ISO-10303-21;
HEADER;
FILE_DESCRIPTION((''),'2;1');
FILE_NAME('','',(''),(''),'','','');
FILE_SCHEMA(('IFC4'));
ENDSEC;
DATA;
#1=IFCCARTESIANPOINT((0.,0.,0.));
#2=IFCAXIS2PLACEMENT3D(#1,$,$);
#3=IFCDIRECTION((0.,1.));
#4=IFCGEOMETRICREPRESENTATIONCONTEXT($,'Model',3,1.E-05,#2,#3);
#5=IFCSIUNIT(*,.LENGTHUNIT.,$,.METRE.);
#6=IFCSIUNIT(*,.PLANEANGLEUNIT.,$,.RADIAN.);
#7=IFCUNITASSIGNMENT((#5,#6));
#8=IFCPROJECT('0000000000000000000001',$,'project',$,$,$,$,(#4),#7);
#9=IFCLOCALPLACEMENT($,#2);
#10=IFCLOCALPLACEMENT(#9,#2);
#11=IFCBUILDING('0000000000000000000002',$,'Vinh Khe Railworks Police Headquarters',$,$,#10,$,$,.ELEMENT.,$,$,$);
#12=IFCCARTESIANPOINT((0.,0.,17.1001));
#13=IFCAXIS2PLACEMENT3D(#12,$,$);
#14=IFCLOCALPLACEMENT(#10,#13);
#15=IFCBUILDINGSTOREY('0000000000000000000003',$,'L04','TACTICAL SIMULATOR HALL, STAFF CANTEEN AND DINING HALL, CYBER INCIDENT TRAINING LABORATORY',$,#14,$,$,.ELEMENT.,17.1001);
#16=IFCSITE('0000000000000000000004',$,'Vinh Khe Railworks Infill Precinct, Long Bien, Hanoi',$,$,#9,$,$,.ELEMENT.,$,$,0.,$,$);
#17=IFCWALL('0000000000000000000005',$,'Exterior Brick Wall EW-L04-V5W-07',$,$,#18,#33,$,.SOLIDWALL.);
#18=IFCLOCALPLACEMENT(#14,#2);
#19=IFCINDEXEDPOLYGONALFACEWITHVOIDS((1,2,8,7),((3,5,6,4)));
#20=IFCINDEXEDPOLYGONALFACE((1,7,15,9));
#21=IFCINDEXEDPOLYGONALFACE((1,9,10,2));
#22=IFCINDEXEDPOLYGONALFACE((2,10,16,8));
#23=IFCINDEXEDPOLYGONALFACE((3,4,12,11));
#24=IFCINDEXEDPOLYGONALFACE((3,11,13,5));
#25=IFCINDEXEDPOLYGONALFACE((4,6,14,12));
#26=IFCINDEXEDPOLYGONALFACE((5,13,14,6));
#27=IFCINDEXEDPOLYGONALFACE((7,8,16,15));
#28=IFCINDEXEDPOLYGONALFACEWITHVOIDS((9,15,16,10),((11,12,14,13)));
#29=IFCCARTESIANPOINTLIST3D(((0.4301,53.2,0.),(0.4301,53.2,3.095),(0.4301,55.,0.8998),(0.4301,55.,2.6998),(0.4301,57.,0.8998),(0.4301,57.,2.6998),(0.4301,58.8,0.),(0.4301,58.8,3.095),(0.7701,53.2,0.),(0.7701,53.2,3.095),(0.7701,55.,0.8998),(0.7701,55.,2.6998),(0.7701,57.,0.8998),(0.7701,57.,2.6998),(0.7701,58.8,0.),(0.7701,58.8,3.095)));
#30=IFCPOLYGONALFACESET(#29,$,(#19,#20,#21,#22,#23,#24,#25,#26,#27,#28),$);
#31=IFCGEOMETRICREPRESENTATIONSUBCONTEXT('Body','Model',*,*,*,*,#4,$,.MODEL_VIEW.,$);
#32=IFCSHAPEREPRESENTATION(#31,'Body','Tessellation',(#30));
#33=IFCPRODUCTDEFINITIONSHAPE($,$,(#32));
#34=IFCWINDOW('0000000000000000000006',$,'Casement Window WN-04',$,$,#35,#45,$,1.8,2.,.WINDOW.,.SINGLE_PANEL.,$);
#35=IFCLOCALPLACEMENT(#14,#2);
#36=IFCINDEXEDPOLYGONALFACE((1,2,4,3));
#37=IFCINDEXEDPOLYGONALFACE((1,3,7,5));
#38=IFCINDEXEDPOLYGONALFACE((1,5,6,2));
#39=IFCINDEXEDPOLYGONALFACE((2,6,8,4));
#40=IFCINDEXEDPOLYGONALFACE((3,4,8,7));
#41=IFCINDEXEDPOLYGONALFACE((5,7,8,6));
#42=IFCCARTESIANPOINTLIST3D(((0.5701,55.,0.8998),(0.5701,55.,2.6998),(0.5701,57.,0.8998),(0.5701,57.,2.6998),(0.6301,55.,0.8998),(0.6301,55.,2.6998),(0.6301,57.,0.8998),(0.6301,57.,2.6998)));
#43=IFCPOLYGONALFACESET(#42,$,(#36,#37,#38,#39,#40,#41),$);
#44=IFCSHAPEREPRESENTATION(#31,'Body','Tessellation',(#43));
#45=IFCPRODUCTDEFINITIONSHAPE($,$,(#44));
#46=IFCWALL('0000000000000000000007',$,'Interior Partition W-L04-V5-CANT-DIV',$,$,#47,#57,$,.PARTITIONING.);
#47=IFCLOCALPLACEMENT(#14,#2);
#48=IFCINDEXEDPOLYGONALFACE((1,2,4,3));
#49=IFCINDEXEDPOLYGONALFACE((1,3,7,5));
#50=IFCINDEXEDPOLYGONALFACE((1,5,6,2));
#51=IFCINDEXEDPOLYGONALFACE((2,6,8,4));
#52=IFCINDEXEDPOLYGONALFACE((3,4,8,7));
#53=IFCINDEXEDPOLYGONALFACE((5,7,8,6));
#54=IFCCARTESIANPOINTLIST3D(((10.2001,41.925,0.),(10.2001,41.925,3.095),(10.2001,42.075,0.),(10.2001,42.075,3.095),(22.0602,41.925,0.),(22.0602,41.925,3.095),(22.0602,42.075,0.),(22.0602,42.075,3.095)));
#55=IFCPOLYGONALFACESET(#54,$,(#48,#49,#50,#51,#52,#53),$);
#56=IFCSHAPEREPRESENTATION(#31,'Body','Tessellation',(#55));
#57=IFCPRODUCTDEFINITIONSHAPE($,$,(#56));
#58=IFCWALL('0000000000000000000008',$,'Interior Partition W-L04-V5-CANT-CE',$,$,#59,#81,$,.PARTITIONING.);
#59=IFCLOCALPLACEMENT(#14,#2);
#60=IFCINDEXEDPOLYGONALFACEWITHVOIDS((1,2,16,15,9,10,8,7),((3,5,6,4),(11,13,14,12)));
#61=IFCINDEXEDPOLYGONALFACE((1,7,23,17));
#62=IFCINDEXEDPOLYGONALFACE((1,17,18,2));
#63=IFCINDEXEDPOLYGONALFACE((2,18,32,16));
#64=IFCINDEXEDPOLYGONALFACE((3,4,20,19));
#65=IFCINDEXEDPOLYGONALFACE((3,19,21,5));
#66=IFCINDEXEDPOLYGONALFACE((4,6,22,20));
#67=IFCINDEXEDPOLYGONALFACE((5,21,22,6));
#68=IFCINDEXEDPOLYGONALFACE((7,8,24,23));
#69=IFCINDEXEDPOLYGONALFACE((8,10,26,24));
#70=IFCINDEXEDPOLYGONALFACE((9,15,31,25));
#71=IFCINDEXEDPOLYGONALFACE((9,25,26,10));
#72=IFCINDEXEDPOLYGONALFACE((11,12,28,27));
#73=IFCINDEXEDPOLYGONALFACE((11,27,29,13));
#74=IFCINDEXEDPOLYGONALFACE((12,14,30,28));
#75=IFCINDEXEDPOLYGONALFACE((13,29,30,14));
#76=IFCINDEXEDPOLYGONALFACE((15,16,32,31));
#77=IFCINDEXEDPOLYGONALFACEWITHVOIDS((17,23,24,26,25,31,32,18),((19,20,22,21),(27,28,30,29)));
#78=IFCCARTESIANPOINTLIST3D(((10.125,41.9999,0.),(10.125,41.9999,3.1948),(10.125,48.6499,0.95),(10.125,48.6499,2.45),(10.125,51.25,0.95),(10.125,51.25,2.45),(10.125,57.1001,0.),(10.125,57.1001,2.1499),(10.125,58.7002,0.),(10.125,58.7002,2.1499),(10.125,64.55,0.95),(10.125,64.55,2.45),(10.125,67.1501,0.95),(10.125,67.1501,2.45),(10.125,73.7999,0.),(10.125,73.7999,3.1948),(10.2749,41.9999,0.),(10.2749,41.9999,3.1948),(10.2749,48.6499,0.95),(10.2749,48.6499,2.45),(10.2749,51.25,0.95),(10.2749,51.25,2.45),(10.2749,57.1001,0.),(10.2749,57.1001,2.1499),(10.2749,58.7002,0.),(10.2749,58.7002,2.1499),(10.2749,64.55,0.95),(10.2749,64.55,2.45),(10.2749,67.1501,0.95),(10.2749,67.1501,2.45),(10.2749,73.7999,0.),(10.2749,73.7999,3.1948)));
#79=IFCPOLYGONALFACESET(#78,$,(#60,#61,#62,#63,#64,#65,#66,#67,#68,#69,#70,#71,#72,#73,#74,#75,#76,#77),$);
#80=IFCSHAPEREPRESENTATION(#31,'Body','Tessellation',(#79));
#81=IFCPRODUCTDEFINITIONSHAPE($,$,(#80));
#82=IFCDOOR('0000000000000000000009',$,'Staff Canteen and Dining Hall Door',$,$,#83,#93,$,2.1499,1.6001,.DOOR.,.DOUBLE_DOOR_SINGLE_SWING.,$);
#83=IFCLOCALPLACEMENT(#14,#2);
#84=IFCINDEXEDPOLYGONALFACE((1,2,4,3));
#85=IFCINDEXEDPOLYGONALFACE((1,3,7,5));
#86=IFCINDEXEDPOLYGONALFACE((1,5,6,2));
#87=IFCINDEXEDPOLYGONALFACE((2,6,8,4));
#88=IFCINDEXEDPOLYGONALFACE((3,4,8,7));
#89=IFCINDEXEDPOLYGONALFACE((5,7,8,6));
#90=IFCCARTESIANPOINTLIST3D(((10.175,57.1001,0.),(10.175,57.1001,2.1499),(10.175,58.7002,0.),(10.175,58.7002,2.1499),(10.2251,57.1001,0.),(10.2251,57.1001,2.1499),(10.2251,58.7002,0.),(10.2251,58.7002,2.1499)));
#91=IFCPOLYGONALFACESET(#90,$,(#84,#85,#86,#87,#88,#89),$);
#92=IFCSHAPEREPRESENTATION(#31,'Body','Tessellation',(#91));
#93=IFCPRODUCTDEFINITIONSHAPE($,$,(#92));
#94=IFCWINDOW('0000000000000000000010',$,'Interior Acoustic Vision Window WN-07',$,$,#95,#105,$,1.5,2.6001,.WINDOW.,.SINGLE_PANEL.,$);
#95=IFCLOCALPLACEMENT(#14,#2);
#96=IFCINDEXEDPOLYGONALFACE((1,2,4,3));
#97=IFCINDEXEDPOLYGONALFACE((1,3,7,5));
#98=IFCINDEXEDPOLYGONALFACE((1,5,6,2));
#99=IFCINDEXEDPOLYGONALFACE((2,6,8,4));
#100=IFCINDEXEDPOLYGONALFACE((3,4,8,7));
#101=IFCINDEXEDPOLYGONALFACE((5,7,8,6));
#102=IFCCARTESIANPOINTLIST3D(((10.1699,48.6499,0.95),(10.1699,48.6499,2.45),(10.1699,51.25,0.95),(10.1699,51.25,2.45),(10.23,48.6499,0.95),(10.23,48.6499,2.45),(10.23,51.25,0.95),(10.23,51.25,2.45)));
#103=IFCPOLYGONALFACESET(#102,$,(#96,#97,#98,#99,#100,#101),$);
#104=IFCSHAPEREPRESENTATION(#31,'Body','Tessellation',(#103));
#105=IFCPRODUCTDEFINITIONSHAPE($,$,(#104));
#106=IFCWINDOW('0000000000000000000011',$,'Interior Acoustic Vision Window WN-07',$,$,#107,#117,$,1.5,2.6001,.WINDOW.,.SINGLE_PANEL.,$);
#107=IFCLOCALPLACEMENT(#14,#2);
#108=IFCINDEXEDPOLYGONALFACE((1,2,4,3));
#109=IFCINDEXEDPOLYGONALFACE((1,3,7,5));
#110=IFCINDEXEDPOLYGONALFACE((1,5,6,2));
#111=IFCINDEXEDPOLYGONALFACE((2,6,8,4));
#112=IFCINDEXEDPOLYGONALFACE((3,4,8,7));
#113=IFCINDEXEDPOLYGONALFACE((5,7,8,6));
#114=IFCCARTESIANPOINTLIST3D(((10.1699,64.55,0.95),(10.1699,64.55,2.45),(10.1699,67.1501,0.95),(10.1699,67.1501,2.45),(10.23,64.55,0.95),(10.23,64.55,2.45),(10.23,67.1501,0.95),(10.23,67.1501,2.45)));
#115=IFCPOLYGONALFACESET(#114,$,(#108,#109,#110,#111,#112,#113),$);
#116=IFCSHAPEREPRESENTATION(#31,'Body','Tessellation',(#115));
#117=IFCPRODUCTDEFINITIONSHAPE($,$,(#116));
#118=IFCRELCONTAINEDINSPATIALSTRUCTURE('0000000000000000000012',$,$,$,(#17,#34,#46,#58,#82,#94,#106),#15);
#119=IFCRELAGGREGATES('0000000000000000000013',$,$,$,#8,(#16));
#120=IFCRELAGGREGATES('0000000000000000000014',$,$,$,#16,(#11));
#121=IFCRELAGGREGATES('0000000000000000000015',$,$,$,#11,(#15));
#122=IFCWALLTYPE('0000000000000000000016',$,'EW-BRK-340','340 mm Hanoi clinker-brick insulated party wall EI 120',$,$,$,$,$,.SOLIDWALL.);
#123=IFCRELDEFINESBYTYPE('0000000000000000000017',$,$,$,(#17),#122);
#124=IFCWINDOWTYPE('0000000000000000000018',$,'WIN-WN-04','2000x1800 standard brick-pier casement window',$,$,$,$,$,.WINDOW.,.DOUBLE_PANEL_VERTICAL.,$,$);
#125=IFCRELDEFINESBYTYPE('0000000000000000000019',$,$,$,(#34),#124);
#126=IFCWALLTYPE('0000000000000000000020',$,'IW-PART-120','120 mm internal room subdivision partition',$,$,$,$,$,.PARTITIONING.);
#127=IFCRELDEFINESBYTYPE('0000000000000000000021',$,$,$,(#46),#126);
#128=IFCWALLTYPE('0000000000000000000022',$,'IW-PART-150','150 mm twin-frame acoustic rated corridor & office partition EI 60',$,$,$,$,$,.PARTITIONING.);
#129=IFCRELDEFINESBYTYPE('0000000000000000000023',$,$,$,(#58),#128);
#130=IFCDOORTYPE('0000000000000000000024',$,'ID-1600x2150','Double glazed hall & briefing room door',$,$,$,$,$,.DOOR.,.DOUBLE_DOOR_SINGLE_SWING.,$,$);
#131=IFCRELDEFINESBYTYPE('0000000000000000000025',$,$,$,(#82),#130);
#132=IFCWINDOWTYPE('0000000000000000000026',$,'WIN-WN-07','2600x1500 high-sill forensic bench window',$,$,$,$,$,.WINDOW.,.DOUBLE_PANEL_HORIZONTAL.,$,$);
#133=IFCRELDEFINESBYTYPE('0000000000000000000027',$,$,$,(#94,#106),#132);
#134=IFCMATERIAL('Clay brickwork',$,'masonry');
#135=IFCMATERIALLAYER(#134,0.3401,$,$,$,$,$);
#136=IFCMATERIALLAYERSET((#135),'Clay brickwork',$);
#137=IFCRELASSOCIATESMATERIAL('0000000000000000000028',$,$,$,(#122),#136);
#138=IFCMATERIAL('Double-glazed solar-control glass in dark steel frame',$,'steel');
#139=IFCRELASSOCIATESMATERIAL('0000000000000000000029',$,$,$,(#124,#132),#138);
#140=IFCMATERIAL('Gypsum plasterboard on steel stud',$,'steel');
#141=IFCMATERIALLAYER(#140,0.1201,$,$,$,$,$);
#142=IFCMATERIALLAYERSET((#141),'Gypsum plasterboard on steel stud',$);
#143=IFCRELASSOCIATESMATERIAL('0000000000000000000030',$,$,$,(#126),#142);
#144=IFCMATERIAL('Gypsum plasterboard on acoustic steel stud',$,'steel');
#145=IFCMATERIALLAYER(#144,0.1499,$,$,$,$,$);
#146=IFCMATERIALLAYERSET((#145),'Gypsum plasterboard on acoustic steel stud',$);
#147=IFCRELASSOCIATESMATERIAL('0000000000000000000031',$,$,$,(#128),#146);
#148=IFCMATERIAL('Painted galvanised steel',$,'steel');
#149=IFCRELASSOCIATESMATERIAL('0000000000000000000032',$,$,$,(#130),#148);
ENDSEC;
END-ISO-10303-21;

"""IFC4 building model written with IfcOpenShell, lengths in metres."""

from ifc_helpers import new_model, si_unit, direction, frame, frame_2d, origin, place, context, subcontext, project, spatial, rectangle, extrude, material, layer, layer_set, type_object, element, fill, save


model = new_model("IFC4")

# Units and contexts
model_context = context("Model", 3, precision=1e-05, world=origin(), true_north=direction((0.0, 1.0)))
body_context = subcontext(model_context, "Body", "Model", "MODEL_VIEW")
ifc_project = project(units=[si_unit("LENGTHUNIT", "METRE"), si_unit("PLANEANGLEUNIT", "RADIAN")], contexts=[model_context])

# Site, building, storey
site_placement = place(None, origin())
site = spatial("IfcSite", under=ifc_project, at=site_placement, Name="Vinh Khe Railworks Infill Precinct, Long Bien, Hanoi", CompositionType="ELEMENT", RefElevation=0.0)
building_placement = place(site_placement, origin())
building = spatial("IfcBuilding", under=site, at=building_placement, Name="Vinh Khe Railworks Police Headquarters", CompositionType="ELEMENT")
storey_placement = place(building_placement, frame((0.0, 0.0, 17.1001)))
storey = spatial("IfcBuildingStorey", under=building, at=storey_placement, Name="L04", Description="TACTICAL SIMULATOR HALL, STAFF CANTEEN AND DINING HALL, CYBER INCIDENT TRAINING LABORATORY", CompositionType="ELEMENT", Elevation=17.1001)

# Wall, opening, window
ifc_material_1 = material(Name="Clay brickwork", Category="masonry")
ifc_layer_1 = layer(ifc_material_1, 0.3401)
ifc_layer_set_1 = layer_set([ifc_layer_1], Name="Clay brickwork")
wall_type_1 = type_object("IfcWallType", Name="EW-BRK-340", Description="340 mm Hanoi clinker-brick insulated party wall EI 120", PredefinedType="SOLIDWALL", material=ifc_layer_set_1)
ifc_material_2 = material(Name="Double-glazed solar-control glass in dark steel frame", Category="steel")
window_type_1 = type_object("IfcWindowType", Name="WIN-WN-04", Description="2000x1800 standard brick-pier casement window", PartitioningType="DOUBLE_PANEL_VERTICAL", PredefinedType="WINDOW", material=ifc_material_2)
wall_1_placement = place(storey_placement, frame((0.6001, 53.2, 0.0), z_axis=(0.0, 0.0, 1.0), x_axis=(0.0, 1.0, 0.0)))
wall_1 = element("IfcWall", 1, at=wall_1_placement, inside=storey, type_object=wall_type_1, Name="Exterior Brick Wall EW-L04-V5W-07", PredefinedType="SOLIDWALL", context=body_context, shape_type="SweptSolid", body=[
    extrude(rectangle(XDim=5.6001, YDim=0.3401, at=frame_2d((2.8, 0.0))), origin(), (0.0, 0.0, 1.0), 3.095),
])
opening_1_placement = place(wall_1_placement, frame((1.8, 0.0, 0.8999)))
opening_1 = element("IfcOpeningElement", 2, at=opening_1_placement, cuts=wall_1, PredefinedType="OPENING", context=body_context, shape_type="SweptSolid", body=[
    extrude(rectangle(XDim=2.0, YDim=1.8, at=frame_2d((1.0, 0.8999))), frame((0.0, 0.1851, 0.0), z_axis=(0.0, -1.0, 0.0), x_axis=(1.0, 0.0, 0.0)), (0.0, 0.0, 1.0), 0.3699),
])
window_1_placement = place(opening_1_placement, origin())
window_1 = element("IfcWindow", 3, at=window_1_placement, inside=storey, type_object=window_type_1, Name="Casement Window WN-04", OverallHeight=1.8, OverallWidth=2.0, PartitioningType="SINGLE_PANEL", PredefinedType="WINDOW", context=body_context, shape_type="SweptSolid", body=[
    extrude(rectangle(XDim=2.0, YDim=1.8, at=frame_2d((1.0, 0.8999))), frame((0.0, 0.03, 0.0), z_axis=(0.0, -1.0, 0.0), x_axis=(1.0, 0.0, 0.0)), (0.0, 0.0, 1.0), 0.0601),
])
fill(opening_1, window_1)

# Wall
ifc_material_3 = material(Name="Gypsum plasterboard on steel stud", Category="steel")
ifc_layer_2 = layer(ifc_material_3, 0.1201)
ifc_layer_set_2 = layer_set([ifc_layer_2], Name="Gypsum plasterboard on steel stud")
wall_type_2 = type_object("IfcWallType", Name="IW-PART-120", Description="120 mm internal room subdivision partition", PredefinedType="PARTITIONING", material=ifc_layer_set_2)
wall_2_placement = place(storey_placement, frame((10.2, 42.0, 0.0), z_axis=(0.0, 0.0, 1.0), x_axis=(1.0, 0.0, 0.0)))
element("IfcWall", 4, at=wall_2_placement, inside=storey, type_object=wall_type_2, Name="Interior Partition W-L04-V5-CANT-DIV", PredefinedType="PARTITIONING", context=body_context, shape_type="SweptSolid", body=[
    extrude(rectangle(XDim=11.8601, YDim=0.1499, at=frame_2d((5.9302, 0.0))), origin(), (0.0, 0.0, 1.0), 3.095),
])

# Wall, openings, door, windows
ifc_material_4 = material(Name="Gypsum plasterboard on acoustic steel stud", Category="steel")
ifc_layer_3 = layer(ifc_material_4, 0.1499)
ifc_layer_set_3 = layer_set([ifc_layer_3], Name="Gypsum plasterboard on acoustic steel stud")
wall_type_3 = type_object("IfcWallType", Name="IW-PART-150", Description="150 mm twin-frame acoustic rated corridor & office partition EI 60", PredefinedType="PARTITIONING", material=ifc_layer_set_3)
wall_3_placement = place(storey_placement, frame((10.2, 42.0, 0.0), z_axis=(0.0, 0.0, 1.0), x_axis=(0.0, 1.0, 0.0)))
wall_3 = element("IfcWall", 5, at=wall_3_placement, inside=storey, type_object=wall_type_3, Name="Interior Partition W-L04-V5-CANT-CE", PredefinedType="PARTITIONING", context=body_context, shape_type="SweptSolid", body=[
    extrude(rectangle(XDim=31.8, YDim=0.1499, at=frame_2d((15.8999, 0.0))), origin(), (0.0, 0.0, 1.0), 3.1948),
])
opening_2_placement = place(wall_3_placement, frame((15.1001, 0.0, 0.0)))
opening_2 = element("IfcOpeningElement", 6, at=opening_2_placement, cuts=wall_3, PredefinedType="OPENING", context=body_context, shape_type="SweptSolid", body=[
    extrude(rectangle(XDim=1.6001, YDim=2.1499, at=frame_2d((0.8, 1.075))), frame((0.0, 0.0898, 0.0), z_axis=(0.0, -1.0, 0.0), x_axis=(1.0, 0.0, 0.0)), (0.0, 0.0, 1.0), 0.1797),
])
opening_3_placement = place(wall_3_placement, frame((6.6499, 0.0, 0.95)))
opening_3 = element("IfcOpeningElement", 7, at=opening_3_placement, cuts=wall_3, PredefinedType="OPENING", context=body_context, shape_type="SweptSolid", body=[
    extrude(rectangle(XDim=2.6001, YDim=1.5, at=frame_2d((1.3, 0.75))), frame((0.0, 0.0898, 0.0), z_axis=(0.0, -1.0, 0.0), x_axis=(1.0, 0.0, 0.0)), (0.0, 0.0, 1.0), 0.1797),
])
opening_4_placement = place(wall_3_placement, frame((22.55, 0.0, 0.95)))
opening_4 = element("IfcOpeningElement", 8, at=opening_4_placement, cuts=wall_3, PredefinedType="OPENING", context=body_context, shape_type="SweptSolid", body=[
    extrude(rectangle(XDim=2.6001, YDim=1.5, at=frame_2d((1.3, 0.75))), frame((0.0, 0.0898, 0.0), z_axis=(0.0, -1.0, 0.0), x_axis=(1.0, 0.0, 0.0)), (0.0, 0.0, 1.0), 0.1797),
])
ifc_material_5 = material(Name="Painted galvanised steel", Category="steel")
door_type = type_object("IfcDoorType", Name="ID-1600x2150", Description="Double glazed hall & briefing room door", OperationType="DOUBLE_DOOR_SINGLE_SWING", PredefinedType="DOOR", material=ifc_material_5)
door_placement = place(opening_2_placement, origin())
door = element("IfcDoor", 9, at=door_placement, inside=storey, type_object=door_type, Name="Staff Canteen and Dining Hall Door", OperationType="DOUBLE_DOOR_SINGLE_SWING", OverallHeight=2.1499, OverallWidth=1.6001, PredefinedType="DOOR", context=body_context, shape_type="SweptSolid", body=[
    extrude(rectangle(XDim=1.6001, YDim=2.1499, at=frame_2d((0.8, 1.075))), frame((0.0, 0.0249, 0.0), z_axis=(0.0, -1.0, 0.0), x_axis=(1.0, 0.0, 0.0)), (0.0, 0.0, 1.0), 0.05),
])
fill(opening_2, door)
window_type_2 = type_object("IfcWindowType", Name="WIN-WN-07", Description="2600x1500 high-sill forensic bench window", PartitioningType="DOUBLE_PANEL_HORIZONTAL", PredefinedType="WINDOW", material=ifc_material_2)
window_2_placement = place(opening_3_placement, origin())
window_2 = element("IfcWindow", 10, at=window_2_placement, inside=storey, type_object=window_type_2, Name="Interior Acoustic Vision Window WN-07", OverallHeight=1.5, OverallWidth=2.6001, PartitioningType="SINGLE_PANEL", PredefinedType="WINDOW", context=body_context, shape_type="SweptSolid", body=[
    extrude(rectangle(XDim=2.6001, YDim=1.5, at=frame_2d((1.3, 0.75))), frame((0.0, 0.03, 0.0), z_axis=(0.0, -1.0, 0.0), x_axis=(1.0, 0.0, 0.0)), (0.0, 0.0, 1.0), 0.0601),
])
fill(opening_3, window_2)
window_3_placement = place(opening_4_placement, origin())
window_3 = element("IfcWindow", 11, at=window_3_placement, inside=storey, type_object=window_type_2, Name="Interior Acoustic Vision Window WN-07", OverallHeight=1.5, OverallWidth=2.6001, PartitioningType="SINGLE_PANEL", PredefinedType="WINDOW", context=body_context, shape_type="SweptSolid", body=[
    extrude(rectangle(XDim=2.6001, YDim=1.5, at=frame_2d((1.3, 0.75))), frame((0.0, 0.03, 0.0), z_axis=(0.0, -1.0, 0.0), x_axis=(1.0, 0.0, 0.0)), (0.0, 0.0, 1.0), 0.0601),
])
fill(opening_4, window_3)

save(model, "model.ifc")
